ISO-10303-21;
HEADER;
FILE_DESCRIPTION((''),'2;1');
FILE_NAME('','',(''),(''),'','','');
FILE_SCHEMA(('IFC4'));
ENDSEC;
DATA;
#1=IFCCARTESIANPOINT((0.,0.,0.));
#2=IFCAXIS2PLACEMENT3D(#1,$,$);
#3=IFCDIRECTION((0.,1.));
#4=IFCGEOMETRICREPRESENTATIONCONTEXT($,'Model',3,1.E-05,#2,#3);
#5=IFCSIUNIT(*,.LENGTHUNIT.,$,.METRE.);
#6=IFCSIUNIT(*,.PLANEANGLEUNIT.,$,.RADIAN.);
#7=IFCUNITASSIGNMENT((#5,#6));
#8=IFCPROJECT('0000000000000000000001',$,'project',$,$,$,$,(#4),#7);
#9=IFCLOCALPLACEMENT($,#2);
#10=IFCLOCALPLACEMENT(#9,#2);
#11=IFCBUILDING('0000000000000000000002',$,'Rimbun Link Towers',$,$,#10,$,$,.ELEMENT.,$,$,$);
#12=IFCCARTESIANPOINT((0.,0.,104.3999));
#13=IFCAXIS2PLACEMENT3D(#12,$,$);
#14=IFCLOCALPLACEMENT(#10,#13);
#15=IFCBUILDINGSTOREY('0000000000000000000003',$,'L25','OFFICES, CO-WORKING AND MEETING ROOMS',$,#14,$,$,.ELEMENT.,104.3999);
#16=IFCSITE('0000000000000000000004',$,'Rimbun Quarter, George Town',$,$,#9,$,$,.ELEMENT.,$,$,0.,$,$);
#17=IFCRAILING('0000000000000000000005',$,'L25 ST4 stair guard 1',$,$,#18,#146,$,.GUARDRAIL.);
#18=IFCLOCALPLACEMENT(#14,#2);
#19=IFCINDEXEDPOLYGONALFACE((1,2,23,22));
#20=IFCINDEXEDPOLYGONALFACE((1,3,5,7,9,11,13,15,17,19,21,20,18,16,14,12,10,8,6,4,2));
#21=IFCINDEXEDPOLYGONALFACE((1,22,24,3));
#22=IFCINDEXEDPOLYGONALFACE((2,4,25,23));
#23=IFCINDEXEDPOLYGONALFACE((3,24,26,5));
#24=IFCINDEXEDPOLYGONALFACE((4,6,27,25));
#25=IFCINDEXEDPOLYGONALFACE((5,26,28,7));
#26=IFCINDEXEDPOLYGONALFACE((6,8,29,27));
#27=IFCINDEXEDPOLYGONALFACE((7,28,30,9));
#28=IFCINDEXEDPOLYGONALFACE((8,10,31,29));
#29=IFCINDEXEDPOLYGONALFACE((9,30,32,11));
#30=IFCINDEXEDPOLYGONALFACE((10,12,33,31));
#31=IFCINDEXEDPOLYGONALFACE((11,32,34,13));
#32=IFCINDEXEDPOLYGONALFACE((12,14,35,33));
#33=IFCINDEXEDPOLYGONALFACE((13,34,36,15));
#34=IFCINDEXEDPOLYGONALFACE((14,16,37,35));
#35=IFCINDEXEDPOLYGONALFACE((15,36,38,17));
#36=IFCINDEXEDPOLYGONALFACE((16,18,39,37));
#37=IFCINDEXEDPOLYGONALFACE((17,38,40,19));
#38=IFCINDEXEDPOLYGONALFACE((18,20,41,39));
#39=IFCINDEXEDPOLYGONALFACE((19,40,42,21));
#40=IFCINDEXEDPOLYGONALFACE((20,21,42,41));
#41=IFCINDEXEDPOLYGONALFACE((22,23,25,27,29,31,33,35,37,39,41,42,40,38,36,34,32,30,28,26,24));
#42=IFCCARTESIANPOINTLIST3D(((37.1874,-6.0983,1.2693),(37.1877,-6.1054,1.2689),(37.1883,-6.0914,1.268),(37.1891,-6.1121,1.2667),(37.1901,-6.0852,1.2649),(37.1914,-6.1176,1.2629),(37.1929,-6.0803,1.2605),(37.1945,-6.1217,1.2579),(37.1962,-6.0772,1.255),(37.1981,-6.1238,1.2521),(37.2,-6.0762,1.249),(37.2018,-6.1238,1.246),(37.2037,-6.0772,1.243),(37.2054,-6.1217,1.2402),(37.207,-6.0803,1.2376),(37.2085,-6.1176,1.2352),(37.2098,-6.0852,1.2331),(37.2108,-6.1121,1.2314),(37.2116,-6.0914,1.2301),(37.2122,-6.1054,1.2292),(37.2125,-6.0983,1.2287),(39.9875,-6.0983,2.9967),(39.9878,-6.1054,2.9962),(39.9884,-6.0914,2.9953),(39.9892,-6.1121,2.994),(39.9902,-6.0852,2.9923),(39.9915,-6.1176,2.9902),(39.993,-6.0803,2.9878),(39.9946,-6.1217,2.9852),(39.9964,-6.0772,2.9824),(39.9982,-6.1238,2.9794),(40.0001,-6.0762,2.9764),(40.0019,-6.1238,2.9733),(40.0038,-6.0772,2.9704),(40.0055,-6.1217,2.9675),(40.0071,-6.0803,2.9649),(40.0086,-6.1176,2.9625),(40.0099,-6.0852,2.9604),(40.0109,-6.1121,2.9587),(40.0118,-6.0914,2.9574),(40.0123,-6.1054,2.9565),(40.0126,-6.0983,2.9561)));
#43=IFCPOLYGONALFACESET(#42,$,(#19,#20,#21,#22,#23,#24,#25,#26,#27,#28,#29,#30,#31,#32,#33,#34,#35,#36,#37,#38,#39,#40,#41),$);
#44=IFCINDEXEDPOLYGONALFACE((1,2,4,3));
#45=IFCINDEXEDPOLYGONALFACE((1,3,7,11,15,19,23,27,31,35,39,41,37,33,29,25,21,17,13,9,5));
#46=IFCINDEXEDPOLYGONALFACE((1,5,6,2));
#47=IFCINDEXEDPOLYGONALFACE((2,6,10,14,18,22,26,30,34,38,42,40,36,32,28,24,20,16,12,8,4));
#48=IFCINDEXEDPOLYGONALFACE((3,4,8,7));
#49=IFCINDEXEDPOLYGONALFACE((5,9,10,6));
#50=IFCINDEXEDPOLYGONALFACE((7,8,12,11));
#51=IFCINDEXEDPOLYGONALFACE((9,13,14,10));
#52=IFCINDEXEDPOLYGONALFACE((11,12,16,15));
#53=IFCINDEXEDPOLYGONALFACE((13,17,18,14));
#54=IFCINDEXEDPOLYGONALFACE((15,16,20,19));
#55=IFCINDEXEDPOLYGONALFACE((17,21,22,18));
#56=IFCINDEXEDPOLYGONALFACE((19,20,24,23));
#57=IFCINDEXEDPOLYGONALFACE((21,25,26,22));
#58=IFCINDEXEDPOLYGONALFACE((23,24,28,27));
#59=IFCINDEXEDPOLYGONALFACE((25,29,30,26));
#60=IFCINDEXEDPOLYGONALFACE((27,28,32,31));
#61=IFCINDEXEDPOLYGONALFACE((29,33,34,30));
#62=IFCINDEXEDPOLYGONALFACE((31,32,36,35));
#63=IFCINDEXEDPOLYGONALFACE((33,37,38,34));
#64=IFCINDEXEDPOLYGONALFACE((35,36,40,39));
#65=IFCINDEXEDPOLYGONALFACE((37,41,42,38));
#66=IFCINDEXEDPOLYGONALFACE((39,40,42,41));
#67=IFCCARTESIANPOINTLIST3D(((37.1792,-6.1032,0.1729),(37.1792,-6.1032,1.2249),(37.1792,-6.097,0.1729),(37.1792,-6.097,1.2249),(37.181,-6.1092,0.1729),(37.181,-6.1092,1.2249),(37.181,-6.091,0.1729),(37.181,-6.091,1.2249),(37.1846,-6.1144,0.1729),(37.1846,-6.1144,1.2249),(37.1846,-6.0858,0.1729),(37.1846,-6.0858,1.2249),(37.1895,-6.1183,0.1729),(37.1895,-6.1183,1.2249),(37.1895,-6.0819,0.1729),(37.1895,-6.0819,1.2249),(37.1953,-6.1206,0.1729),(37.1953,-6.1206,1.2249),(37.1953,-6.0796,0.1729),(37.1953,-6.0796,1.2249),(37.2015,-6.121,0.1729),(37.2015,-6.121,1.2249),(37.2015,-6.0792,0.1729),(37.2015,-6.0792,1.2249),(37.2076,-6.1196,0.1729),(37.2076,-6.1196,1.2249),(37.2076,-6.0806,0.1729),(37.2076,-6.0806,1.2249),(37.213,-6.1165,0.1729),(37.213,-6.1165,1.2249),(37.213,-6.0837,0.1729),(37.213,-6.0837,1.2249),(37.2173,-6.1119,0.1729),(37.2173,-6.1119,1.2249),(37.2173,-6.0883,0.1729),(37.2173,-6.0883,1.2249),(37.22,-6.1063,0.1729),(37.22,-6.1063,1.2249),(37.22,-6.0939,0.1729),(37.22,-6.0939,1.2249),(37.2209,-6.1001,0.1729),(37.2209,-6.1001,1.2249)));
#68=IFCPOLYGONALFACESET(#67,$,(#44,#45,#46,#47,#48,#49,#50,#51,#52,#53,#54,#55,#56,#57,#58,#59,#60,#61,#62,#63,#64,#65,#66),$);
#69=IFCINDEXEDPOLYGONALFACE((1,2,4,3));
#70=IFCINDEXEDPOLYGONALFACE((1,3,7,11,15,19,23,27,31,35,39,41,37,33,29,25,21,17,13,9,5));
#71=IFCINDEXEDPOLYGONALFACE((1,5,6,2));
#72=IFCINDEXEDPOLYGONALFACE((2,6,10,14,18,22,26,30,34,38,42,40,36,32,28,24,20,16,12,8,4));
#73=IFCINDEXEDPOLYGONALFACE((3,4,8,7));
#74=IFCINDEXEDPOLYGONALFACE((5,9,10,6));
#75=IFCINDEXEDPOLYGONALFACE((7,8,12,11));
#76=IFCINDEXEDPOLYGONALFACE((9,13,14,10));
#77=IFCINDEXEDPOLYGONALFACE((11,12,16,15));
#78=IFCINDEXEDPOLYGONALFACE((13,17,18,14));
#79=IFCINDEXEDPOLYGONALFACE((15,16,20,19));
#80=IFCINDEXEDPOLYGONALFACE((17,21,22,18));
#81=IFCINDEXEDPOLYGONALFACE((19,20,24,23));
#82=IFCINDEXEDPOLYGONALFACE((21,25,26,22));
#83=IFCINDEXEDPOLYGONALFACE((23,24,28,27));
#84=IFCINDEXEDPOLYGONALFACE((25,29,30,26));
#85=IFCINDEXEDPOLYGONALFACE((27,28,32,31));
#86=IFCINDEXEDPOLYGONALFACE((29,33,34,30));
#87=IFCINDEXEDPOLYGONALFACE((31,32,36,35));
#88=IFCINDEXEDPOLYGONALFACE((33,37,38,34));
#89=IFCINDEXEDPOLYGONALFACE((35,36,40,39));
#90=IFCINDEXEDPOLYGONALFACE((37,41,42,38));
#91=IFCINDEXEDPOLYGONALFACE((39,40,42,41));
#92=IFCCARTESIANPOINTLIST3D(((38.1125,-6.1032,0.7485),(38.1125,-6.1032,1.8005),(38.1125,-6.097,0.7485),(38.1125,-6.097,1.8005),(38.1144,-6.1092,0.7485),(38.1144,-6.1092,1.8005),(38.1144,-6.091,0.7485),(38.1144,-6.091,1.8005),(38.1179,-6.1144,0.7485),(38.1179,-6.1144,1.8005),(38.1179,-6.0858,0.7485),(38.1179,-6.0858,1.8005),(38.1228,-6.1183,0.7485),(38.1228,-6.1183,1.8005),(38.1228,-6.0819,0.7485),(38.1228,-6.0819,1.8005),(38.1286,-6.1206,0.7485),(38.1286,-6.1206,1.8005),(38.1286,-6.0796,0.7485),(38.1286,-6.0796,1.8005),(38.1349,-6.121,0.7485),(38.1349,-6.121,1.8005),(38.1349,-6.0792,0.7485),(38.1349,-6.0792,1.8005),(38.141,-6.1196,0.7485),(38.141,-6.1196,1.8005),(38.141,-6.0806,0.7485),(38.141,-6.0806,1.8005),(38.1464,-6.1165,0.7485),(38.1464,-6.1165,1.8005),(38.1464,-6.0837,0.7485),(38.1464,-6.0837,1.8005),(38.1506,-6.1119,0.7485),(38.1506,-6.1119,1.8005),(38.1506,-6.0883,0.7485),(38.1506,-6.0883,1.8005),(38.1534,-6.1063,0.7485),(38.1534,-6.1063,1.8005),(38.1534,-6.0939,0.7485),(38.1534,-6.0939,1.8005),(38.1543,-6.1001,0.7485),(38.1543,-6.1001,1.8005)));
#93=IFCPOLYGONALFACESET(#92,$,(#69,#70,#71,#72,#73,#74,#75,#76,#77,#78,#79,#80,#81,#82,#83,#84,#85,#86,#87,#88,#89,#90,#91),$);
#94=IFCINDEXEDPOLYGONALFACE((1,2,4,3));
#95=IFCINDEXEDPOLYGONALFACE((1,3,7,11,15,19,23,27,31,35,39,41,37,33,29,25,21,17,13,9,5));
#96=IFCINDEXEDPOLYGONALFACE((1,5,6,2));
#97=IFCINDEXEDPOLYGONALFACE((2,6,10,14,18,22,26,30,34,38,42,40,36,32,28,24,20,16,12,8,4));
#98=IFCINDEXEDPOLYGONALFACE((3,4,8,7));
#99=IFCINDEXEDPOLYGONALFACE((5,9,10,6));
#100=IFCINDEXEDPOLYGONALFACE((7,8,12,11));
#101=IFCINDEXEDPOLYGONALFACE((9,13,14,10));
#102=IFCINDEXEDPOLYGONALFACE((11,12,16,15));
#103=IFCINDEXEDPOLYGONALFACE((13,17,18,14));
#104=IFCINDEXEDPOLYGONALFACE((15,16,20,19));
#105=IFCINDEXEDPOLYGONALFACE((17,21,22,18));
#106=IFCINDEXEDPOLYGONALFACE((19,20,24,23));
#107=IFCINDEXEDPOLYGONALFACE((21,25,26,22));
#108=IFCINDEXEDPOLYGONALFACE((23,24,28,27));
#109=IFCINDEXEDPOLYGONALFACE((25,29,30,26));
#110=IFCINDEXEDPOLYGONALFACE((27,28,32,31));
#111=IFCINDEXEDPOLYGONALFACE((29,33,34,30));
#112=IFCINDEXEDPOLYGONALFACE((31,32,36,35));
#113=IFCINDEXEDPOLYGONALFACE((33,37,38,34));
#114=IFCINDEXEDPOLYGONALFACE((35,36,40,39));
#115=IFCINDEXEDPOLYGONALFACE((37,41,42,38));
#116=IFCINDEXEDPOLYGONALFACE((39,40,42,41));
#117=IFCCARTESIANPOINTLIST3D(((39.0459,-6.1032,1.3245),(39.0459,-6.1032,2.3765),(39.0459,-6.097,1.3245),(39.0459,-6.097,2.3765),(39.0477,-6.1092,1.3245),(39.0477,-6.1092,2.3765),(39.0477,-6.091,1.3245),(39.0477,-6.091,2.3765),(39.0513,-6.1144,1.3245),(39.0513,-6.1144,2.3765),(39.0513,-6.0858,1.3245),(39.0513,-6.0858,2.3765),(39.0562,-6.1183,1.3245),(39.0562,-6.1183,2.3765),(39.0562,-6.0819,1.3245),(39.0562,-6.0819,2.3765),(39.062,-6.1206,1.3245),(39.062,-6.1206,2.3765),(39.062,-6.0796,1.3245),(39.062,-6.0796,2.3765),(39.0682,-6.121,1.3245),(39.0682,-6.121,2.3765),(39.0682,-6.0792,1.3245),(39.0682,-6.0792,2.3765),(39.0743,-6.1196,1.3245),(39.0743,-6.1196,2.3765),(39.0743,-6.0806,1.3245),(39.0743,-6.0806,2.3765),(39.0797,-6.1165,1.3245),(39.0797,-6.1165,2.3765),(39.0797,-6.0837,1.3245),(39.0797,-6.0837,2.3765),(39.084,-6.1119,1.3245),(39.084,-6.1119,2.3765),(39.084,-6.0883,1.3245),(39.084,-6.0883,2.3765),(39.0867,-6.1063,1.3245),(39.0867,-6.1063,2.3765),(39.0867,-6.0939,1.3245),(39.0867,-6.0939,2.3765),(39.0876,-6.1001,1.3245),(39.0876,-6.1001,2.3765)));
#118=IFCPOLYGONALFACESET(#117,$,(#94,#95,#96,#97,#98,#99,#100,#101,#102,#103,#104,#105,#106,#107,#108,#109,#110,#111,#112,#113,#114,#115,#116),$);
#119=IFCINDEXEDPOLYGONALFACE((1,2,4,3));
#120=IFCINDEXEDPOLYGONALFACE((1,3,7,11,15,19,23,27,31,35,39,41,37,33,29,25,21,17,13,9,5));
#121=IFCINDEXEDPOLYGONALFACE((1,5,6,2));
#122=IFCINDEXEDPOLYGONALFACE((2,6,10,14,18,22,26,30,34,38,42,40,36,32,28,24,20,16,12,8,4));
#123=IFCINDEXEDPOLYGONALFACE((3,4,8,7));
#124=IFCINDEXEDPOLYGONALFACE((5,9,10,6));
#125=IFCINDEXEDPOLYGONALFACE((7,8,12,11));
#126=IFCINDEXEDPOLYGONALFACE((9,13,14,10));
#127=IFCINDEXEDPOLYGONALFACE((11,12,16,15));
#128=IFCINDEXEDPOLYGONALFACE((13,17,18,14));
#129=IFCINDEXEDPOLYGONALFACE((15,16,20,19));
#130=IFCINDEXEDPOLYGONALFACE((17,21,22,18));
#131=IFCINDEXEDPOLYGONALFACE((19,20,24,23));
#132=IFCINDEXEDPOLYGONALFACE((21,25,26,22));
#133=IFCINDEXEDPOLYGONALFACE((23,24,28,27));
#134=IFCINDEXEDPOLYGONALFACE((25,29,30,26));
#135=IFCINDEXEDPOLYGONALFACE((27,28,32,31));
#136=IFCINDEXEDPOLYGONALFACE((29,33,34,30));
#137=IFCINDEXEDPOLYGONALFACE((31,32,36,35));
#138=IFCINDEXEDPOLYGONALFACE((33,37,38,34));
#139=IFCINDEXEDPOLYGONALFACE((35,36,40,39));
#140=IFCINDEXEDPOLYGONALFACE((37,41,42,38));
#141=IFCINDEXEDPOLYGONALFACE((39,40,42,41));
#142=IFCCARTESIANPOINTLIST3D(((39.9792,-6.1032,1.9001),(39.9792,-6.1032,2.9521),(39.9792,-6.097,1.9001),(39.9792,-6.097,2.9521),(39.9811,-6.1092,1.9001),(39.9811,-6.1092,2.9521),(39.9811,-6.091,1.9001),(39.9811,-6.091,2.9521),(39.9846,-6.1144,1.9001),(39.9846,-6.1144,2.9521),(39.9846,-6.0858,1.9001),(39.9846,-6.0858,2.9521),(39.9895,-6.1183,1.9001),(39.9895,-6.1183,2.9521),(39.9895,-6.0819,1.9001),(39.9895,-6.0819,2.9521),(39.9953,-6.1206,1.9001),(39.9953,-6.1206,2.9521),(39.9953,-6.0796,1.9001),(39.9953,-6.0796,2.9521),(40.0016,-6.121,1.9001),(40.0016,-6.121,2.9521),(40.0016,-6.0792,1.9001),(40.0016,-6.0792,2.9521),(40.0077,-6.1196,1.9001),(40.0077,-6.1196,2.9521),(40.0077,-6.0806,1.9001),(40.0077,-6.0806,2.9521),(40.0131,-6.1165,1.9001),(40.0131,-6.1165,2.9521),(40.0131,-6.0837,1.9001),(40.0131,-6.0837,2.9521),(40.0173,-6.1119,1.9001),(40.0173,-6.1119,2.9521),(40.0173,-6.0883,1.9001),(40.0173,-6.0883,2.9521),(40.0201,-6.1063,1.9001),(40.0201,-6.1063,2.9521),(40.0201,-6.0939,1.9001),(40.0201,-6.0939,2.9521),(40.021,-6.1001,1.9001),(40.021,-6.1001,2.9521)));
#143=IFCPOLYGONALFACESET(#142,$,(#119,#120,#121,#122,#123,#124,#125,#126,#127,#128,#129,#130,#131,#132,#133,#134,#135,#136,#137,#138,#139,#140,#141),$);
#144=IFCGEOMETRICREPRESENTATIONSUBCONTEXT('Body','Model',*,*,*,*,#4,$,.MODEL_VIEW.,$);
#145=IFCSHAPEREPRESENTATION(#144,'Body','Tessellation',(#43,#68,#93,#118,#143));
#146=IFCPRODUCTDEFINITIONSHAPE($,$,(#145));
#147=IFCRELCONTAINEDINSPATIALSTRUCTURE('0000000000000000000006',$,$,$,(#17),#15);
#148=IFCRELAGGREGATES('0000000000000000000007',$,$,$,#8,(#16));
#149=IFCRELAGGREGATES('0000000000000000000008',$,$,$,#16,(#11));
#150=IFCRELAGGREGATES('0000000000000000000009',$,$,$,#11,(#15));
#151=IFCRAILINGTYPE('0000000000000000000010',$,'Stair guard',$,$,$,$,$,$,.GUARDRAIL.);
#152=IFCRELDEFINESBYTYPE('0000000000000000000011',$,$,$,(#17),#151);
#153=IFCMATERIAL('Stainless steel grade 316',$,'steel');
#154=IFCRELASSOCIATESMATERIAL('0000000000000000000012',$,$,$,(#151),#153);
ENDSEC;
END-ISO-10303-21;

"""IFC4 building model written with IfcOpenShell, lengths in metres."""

from ifc_helpers import new_model, si_unit, direction, frame, origin, origin_2d, place, context, subcontext, project, spatial, circle, extrude, material, type_object, element, save


model = new_model("IFC4")

# Units and contexts
model_context = context("Model", 3, precision=1e-05, world=origin(), true_north=direction((0.0, 1.0)))
body_context = subcontext(model_context, "Body", "Model", "MODEL_VIEW")
ifc_project = project(units=[si_unit("LENGTHUNIT", "METRE"), si_unit("PLANEANGLEUNIT", "RADIAN")], contexts=[model_context])

# Site, building, storey
site_placement = place(None, origin())
site = spatial("IfcSite", under=ifc_project, at=site_placement, Name="Rimbun Quarter, George Town", CompositionType="ELEMENT", RefElevation=0.0)
building_placement = place(site_placement, origin())
building = spatial("IfcBuilding", under=site, at=building_placement, Name="Rimbun Link Towers", CompositionType="ELEMENT")
storey_placement = place(building_placement, frame((0.0, 0.0, 104.3999)))
storey = spatial("IfcBuildingStorey", under=building, at=storey_placement, Name="L25", Description="OFFICES, CO-WORKING AND MEETING ROOMS", CompositionType="ELEMENT", Elevation=104.3999)

# Railing
ifc_material_1 = material(Name="Stainless steel grade 316", Category="steel")
railing_type_1 = type_object("IfcRailingType", Name="Stair guard", PredefinedType="GUARDRAIL", material=ifc_material_1)
railing_1_placement = place(storey_placement, frame((37.2, -6.1001, 0.1729)))
element("IfcRailing", 1, at=railing_1_placement, inside=storey, type_object=railing_type_1, Name="L25 ST4 stair guard 1", PredefinedType="GUARDRAIL", context=body_context, shape_type="SweptSolid", body=[
    extrude(circle(Radius=0.0239, at=origin_2d()), frame((0.0, 0.0, 1.0762), z_axis=(0.85109, 0.0, 0.52502), x_axis=(0.0, 1.0, 0.0)), (0.0, 0.0, 1.0), 3.29),
    extrude(circle(Radius=0.021, at=origin_2d()), origin(), (0.0, 0.0, 1.0), 1.052),
    extrude(circle(Radius=0.021, at=origin_2d()), frame((0.9333, 0.0, 0.5757)), (0.0, 0.0, 1.0), 1.052),
    extrude(circle(Radius=0.021, at=origin_2d()), frame((1.8667, 0.0, 1.1516)), (0.0, 0.0, 1.0), 1.052),
    extrude(circle(Radius=0.021, at=origin_2d()), frame((2.8, 0.0, 1.7273)), (0.0, 0.0, 1.0), 1.052),
])

save(model, "model.ifc")
